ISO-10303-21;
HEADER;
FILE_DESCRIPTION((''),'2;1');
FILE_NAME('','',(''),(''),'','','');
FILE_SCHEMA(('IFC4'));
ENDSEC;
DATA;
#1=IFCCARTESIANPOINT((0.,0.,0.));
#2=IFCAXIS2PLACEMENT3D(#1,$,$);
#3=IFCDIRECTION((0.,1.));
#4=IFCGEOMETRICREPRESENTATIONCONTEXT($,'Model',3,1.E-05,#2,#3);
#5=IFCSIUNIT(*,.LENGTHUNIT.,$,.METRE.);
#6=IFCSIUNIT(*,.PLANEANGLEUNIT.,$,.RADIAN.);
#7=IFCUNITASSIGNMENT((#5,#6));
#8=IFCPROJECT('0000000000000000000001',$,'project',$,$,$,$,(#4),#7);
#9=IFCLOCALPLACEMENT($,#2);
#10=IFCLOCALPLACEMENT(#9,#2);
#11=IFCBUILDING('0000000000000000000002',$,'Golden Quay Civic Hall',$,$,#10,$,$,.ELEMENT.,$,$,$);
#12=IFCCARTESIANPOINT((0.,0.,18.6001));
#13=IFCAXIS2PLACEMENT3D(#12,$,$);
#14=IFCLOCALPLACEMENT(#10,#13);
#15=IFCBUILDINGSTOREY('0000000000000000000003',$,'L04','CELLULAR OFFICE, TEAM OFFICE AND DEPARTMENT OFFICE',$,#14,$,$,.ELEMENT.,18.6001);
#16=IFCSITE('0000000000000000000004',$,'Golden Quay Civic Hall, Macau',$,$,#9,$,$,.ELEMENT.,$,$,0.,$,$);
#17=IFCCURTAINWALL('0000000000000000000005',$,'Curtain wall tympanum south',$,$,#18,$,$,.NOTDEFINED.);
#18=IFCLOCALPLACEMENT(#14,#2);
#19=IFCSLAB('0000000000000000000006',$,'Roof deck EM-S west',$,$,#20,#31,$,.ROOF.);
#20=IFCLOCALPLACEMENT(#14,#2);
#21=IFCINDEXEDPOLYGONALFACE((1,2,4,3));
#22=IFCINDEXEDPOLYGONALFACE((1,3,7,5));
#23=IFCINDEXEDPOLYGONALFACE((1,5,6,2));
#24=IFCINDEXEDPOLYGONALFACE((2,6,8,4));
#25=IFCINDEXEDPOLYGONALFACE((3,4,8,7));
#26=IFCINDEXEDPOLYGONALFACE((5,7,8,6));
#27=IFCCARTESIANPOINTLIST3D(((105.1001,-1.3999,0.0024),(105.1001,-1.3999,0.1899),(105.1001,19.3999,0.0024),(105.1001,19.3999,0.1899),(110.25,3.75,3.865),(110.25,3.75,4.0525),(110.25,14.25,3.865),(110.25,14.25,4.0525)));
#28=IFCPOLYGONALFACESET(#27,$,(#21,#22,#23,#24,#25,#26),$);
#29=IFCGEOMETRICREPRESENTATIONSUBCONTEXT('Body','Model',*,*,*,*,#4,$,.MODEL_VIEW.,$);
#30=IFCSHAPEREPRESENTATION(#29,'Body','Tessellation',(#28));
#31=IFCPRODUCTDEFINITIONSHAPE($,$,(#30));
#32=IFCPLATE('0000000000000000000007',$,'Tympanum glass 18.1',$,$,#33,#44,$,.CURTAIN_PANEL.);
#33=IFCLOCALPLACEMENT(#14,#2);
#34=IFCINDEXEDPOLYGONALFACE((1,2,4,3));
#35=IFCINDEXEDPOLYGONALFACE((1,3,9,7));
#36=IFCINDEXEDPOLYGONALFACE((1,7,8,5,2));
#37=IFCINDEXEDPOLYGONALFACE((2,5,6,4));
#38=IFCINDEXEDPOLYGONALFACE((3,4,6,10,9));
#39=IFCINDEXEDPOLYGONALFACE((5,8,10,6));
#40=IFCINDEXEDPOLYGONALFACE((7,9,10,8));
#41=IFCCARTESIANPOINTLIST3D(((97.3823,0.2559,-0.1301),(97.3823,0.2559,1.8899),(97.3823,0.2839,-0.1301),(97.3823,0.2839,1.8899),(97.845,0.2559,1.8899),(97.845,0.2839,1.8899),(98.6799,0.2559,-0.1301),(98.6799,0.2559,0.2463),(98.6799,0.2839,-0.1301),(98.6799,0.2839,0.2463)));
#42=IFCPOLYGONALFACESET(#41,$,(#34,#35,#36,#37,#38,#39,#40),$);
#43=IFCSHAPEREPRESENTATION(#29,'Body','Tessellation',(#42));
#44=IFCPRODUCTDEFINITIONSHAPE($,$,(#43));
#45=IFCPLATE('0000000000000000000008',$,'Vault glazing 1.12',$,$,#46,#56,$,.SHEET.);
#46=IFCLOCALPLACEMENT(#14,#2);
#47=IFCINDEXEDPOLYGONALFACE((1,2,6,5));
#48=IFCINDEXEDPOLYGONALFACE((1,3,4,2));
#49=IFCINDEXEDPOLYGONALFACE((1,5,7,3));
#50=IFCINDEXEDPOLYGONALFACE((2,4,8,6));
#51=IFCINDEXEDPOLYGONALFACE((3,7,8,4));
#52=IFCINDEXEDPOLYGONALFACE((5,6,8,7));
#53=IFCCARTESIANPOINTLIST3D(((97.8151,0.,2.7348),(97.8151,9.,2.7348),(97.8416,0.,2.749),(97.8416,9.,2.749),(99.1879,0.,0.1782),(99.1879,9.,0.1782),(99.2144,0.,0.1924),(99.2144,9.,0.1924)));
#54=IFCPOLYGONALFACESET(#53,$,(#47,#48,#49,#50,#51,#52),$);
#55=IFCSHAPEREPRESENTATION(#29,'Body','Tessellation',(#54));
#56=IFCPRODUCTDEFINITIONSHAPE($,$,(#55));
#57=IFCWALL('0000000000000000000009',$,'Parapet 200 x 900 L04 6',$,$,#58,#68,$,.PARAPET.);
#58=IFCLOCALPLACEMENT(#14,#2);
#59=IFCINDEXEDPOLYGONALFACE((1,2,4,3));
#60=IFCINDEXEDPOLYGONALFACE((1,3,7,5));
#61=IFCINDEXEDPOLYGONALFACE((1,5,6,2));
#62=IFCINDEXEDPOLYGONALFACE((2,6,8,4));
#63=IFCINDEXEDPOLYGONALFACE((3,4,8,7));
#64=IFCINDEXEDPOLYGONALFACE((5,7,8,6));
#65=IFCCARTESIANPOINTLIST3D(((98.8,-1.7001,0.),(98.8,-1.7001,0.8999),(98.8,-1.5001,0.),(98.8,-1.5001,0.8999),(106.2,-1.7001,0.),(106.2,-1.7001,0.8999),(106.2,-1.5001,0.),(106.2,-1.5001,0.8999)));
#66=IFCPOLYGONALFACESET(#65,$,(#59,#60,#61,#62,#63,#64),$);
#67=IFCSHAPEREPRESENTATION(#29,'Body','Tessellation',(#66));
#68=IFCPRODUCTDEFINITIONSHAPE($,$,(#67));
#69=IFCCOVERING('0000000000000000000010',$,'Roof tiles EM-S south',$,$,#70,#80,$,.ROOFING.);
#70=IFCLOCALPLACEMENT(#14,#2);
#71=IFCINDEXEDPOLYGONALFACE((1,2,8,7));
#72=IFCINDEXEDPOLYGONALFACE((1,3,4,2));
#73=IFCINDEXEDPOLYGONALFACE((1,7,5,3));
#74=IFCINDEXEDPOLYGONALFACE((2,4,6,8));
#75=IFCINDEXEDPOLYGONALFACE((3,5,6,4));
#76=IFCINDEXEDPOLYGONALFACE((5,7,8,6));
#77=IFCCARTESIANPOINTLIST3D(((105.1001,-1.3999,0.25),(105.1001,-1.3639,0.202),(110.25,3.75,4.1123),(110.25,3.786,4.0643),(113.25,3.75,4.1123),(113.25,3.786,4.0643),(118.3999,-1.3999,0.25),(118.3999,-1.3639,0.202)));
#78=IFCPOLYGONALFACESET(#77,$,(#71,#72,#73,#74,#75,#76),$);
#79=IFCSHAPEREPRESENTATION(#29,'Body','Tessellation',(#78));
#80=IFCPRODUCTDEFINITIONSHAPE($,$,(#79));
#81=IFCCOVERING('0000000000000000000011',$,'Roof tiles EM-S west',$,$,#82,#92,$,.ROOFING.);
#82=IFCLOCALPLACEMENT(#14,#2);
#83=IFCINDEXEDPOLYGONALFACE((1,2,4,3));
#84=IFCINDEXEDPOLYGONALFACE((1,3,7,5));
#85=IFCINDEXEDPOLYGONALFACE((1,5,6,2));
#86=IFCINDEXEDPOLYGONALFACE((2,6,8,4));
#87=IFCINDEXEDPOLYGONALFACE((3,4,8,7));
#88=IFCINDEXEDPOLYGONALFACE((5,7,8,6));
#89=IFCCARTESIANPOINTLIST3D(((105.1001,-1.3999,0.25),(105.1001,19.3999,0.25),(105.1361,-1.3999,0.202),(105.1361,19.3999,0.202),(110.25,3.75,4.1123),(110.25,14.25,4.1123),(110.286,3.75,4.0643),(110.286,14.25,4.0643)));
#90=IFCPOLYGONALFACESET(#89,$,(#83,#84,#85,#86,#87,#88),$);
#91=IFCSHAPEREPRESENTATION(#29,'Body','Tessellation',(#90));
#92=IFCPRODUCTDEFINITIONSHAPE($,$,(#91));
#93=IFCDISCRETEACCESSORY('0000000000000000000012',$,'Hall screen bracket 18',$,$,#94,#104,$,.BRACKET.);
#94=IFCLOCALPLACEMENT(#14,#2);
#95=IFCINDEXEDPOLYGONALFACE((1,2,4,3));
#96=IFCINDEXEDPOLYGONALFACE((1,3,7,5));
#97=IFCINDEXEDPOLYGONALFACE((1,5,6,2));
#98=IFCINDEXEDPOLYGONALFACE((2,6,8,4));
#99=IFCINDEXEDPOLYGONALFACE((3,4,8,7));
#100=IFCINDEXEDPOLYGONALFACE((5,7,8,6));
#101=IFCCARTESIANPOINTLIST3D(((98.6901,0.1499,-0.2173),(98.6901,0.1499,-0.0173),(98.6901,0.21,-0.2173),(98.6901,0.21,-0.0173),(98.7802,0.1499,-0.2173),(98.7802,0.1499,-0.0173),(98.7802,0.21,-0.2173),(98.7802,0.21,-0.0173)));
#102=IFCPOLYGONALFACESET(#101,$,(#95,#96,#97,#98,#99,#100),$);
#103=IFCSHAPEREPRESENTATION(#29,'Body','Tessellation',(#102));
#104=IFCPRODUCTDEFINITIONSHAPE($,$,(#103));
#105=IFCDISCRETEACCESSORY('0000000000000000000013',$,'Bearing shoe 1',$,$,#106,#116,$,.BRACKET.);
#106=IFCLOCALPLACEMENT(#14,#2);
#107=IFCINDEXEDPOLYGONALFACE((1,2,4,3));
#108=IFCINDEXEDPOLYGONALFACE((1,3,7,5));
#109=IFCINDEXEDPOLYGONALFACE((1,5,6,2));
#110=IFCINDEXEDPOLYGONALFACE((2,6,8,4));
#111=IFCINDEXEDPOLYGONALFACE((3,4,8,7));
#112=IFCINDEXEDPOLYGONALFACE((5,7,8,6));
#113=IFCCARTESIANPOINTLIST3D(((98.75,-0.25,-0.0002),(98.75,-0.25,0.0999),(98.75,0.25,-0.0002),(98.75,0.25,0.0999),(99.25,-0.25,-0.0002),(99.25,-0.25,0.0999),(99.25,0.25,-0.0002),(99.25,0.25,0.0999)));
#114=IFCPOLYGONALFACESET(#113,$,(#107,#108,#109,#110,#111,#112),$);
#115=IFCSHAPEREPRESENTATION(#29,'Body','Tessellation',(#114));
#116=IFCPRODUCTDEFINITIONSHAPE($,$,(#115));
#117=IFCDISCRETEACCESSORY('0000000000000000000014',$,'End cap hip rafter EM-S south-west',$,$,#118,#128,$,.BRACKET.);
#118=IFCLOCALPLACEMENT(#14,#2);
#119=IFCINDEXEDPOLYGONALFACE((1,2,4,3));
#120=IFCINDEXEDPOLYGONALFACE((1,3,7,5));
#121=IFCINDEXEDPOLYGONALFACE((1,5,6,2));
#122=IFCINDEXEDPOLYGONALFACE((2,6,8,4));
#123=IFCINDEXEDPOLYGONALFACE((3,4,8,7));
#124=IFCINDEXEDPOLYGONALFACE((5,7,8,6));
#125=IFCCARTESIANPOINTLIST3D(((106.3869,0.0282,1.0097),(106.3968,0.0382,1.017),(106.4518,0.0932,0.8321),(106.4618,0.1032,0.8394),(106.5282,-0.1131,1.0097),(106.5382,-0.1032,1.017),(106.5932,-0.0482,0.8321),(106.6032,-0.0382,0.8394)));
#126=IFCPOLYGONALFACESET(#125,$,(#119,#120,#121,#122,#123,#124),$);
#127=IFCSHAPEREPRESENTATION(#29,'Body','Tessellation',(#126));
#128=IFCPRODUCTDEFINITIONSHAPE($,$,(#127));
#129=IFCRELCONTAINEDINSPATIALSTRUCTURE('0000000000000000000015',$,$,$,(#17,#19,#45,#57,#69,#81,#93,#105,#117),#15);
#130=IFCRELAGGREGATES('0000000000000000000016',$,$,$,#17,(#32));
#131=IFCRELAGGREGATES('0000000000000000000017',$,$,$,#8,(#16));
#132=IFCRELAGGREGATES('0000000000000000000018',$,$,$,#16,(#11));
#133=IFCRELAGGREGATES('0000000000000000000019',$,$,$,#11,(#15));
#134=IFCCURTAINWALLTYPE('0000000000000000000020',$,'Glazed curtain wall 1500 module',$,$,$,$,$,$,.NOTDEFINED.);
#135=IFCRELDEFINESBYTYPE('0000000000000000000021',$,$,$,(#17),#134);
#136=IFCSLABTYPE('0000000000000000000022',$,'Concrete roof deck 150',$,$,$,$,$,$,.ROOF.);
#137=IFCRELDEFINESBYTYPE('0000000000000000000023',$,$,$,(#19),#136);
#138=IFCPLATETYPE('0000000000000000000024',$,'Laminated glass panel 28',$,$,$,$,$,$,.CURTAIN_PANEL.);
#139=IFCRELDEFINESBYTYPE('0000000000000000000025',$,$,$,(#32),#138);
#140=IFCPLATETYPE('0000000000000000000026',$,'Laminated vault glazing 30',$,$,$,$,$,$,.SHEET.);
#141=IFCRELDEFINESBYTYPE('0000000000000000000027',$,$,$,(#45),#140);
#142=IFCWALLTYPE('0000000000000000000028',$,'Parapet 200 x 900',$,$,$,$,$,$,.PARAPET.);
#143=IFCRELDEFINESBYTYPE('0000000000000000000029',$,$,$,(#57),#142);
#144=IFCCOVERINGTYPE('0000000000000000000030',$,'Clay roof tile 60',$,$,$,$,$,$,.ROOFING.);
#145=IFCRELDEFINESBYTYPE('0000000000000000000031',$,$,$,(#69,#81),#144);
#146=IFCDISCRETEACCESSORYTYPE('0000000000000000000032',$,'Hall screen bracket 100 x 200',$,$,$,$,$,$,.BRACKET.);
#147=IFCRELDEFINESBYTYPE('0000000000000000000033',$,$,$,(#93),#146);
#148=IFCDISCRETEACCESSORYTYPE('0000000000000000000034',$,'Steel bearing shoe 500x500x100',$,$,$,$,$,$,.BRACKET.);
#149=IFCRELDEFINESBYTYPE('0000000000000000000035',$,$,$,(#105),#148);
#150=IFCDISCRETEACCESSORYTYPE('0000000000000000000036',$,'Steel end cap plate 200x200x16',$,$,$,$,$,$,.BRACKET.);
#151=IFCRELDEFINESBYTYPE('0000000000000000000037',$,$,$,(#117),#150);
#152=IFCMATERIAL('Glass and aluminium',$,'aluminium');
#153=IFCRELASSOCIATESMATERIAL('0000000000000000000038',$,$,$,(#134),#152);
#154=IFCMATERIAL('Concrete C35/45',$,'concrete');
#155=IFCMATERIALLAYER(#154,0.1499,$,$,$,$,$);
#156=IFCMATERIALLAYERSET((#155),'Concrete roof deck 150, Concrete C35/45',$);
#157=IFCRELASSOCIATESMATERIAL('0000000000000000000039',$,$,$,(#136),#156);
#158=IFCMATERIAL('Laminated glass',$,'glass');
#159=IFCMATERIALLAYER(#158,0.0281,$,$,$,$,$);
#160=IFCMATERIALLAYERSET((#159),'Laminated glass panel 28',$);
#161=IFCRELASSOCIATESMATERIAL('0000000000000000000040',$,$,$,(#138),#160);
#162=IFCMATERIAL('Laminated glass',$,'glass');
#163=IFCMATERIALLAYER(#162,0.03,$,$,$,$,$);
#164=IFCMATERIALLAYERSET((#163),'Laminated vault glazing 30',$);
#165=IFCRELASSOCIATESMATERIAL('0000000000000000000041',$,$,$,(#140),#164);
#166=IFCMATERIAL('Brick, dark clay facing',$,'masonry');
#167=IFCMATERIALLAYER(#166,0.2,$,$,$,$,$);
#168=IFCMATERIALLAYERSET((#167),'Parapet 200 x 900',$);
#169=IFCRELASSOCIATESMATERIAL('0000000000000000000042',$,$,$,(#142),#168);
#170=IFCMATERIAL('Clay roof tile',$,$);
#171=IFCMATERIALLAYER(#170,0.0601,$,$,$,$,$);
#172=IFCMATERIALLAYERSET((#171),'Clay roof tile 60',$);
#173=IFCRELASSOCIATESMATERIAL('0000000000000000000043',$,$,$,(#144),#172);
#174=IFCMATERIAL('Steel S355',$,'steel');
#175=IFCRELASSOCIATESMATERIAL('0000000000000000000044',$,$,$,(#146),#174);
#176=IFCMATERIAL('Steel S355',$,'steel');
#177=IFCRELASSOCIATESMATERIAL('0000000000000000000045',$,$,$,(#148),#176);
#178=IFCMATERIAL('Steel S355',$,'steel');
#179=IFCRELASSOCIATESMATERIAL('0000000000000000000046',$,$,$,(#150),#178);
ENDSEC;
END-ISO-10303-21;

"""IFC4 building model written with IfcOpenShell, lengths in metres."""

from ifc_helpers import new_model, si_unit, direction, frame, frame_2d, origin, origin_2d, place, context, subcontext, project, spatial, polyline, rectangle, outline, extrude, material, layer, layer_set, material_profile, profile_set, type_object, element, aggregate, save


model = new_model("IFC4")

# Units and contexts
model_context = context("Model", 3, precision=1e-05, world=origin(), true_north=direction((0.0, 1.0)))
body_context = subcontext(model_context, "Body", "Model", "MODEL_VIEW")
ifc_project = project(units=[si_unit("LENGTHUNIT", "METRE"), si_unit("PLANEANGLEUNIT", "RADIAN")], contexts=[model_context])

# Site, building, storey
site_placement = place(None, origin())
site = spatial("IfcSite", under=ifc_project, at=site_placement, Name="Golden Quay Civic Hall, Macau", CompositionType="ELEMENT", RefElevation=0.0)
building_placement = place(site_placement, origin())
building = spatial("IfcBuilding", under=site, at=building_placement, Name="Golden Quay Civic Hall", CompositionType="ELEMENT")
storey_placement = place(building_placement, frame((0.0, 0.0, 18.6001)))
storey = spatial("IfcBuildingStorey", under=building, at=storey_placement, Name="L04", Description="CELLULAR OFFICE, TEAM OFFICE AND DEPARTMENT OFFICE", CompositionType="ELEMENT", Elevation=18.6001)

# Curtain wall
ifc_material_1 = material(Name="Glass and aluminium", Category="aluminium")
curtain_wall_type = type_object("IfcCurtainWallType", Name="Glazed curtain wall 1500 module", PredefinedType="NOTDEFINED", material=ifc_material_1)
curtain_wall_placement = place(storey_placement, origin())
curtain_wall = element("IfcCurtainWall", 1, at=curtain_wall_placement, inside=storey, type_object=curtain_wall_type, Name="Curtain wall tympanum south", PredefinedType="NOTDEFINED")

# Slab
ifc_material_2 = material(Name="Concrete C35/45", Category="concrete")
ifc_layer_1 = layer(ifc_material_2, 0.1499)
ifc_layer_set_1 = layer_set([ifc_layer_1], Name="Concrete roof deck 150, Concrete C35/45")
slab_type = type_object("IfcSlabType", Name="Concrete roof deck 150", PredefinedType="ROOF", material=ifc_layer_set_1)
slab_1_placement = place(storey_placement, frame((105.1001, -1.3999, 0.1899), z_axis=(-0.600012, 0.0, 0.799991), x_axis=(0.0, 1.0, 0.0)))
element("IfcSlab", 2, at=slab_1_placement, inside=storey, type_object=slab_type, Name="Roof deck EM-S west", PredefinedType="ROOF", context=body_context, shape_type="SweptSolid", body=[
    extrude(outline(polyline([(0.0, 0.0), (20.7998, 0.0), (15.6499, -6.4375), (5.1499, -6.4375), (0.0, 0.0)])), origin(), (0.0, 0.600012, -0.799991), 0.1875),
])

# Plates
ifc_material_3 = material(Name="Laminated glass", Category="glass")
ifc_layer_2 = layer(ifc_material_3, 0.0281)
ifc_layer_set_2 = layer_set([ifc_layer_2], Name="Laminated glass panel 28")
plate_type_1 = type_object("IfcPlateType", Name="Laminated glass panel 28", PredefinedType="CURTAIN_PANEL", material=ifc_layer_set_2)
plate_1_placement = place(storey_placement, frame((98.6799, 0.2839, -0.1301), z_axis=(0.0, 1.0, 0.0), x_axis=(-1.0, 0.0, 0.0)))
plate_1 = element("IfcPlate", 3, at=plate_1_placement, type_object=plate_type_1, Name="Tympanum glass 18.1", PredefinedType="CURTAIN_PANEL", context=body_context, shape_type="SweptSolid", body=[
    extrude(outline(polyline([(0.0, 0.0), (1.2976, 0.0), (1.2976, 2.02), (0.835, 2.02), (0.0, 0.3765), (0.0, 0.0)])), origin(), (0.0, 0.0, -1.0), 0.0281),
])
aggregate(curtain_wall, [plate_1])
ifc_material_4 = material(Name="Laminated glass", Category="glass")
ifc_layer_3 = layer(ifc_material_4, 0.03)
ifc_layer_set_3 = layer_set([ifc_layer_3], Name="Laminated vault glazing 30")
plate_type_2 = type_object("IfcPlateType", Name="Laminated vault glazing 30", PredefinedType="SHEET", material=ifc_layer_set_3)
plate_2_placement = place(storey_placement, frame((97.8416, 0.0, 2.749), z_axis=(0.881024, 0.0, 0.473071), x_axis=(0.473071, 0.0, -0.881024)))
element("IfcPlate", 4, at=plate_2_placement, inside=storey, type_object=plate_type_2, Name="Vault glazing 1.12", PredefinedType="SHEET", context=body_context, shape_type="SweptSolid", body=[
    extrude(outline(polyline([(0.0, 0.0), (2.9019, 0.0), (2.9019, 9.0), (0.0, 9.0), (0.0, 0.0)])), origin(), (0.0, 0.0, -1.0), 0.03),
])

# Wall
ifc_material_5 = material(Name="Brick, dark clay facing", Category="masonry")
ifc_layer_4 = layer(ifc_material_5, 0.2)
ifc_layer_set_4 = layer_set([ifc_layer_4], Name="Parapet 200 x 900")
wall_type = type_object("IfcWallType", Name="Parapet 200 x 900", PredefinedType="PARAPET", material=ifc_layer_set_4)
wall_placement = place(storey_placement, frame((106.2, -1.6001, 0.0), z_axis=(0.0, 0.0, 1.0), x_axis=(-1.0, 0.0, 0.0)))
element("IfcWall", 5, at=wall_placement, inside=storey, type_object=wall_type, Name="Parapet 200 x 900 L04 6", PredefinedType="PARAPET", context=body_context, shape_type="SweptSolid", body=[
    extrude(rectangle(XDim=7.3999, YDim=0.2, at=frame_2d((3.7, 0.0))), origin(), (0.0, 0.0, 1.0), 0.8999),
])

# Coverings
ifc_material_6 = material(Name="Clay roof tile")
ifc_layer_5 = layer(ifc_material_6, 0.0601)
ifc_layer_set_5 = layer_set([ifc_layer_5], Name="Clay roof tile 60")
covering_type = type_object("IfcCoveringType", Name="Clay roof tile 60", PredefinedType="ROOFING", material=ifc_layer_set_5)
covering_1_placement = place(storey_placement, frame((105.1001, -1.3999, 0.25), z_axis=(0.0, -0.599988, 0.800009), x_axis=(1.0, 0.0, 0.0)))
element("IfcCovering", 6, at=covering_1_placement, inside=storey, type_object=covering_type, Name="Roof tiles EM-S south", PredefinedType="ROOFING", context=body_context, shape_type="SweptSolid", body=[
    extrude(outline(polyline([(0.0, 0.0), (13.2998, 0.0), (8.1499, 6.4373), (5.1499, 6.4373), (0.0, 0.0)])), origin(), (0.0, 0.0, -1.0), 0.0601),
])
covering_2_placement = place(storey_placement, frame((105.1001, -1.3999, 0.25), z_axis=(-0.599988, 0.0, 0.800009), x_axis=(0.0, 1.0, 0.0)))
element("IfcCovering", 7, at=covering_2_placement, inside=storey, type_object=covering_type, Name="Roof tiles EM-S west", PredefinedType="ROOFING", context=body_context, shape_type="SweptSolid", body=[
    extrude(outline(polyline([(0.0, 0.0), (20.7998, 0.0), (15.6499, -6.4373), (5.1499, -6.4373), (0.0, 0.0)])), origin(), (0.0, 0.0, -1.0), 0.0601),
])

# Discrete accessories
ifc_material_7 = material(Name="Steel S355", Category="steel")
discrete_accessory_type_1 = type_object("IfcDiscreteAccessoryType", Name="Hall screen bracket 100 x 200", PredefinedType="BRACKET", material=ifc_material_7)
discrete_accessory_1_placement = place(storey_placement, frame((98.7351, 0.1799, -0.2173), z_axis=(0.0, 0.0, 1.0), x_axis=(1.0, 0.0, 0.0)))
element("IfcDiscreteAccessory", 8, at=discrete_accessory_1_placement, inside=storey, type_object=discrete_accessory_type_1, Name="Hall screen bracket 18", PredefinedType="BRACKET", context=body_context, shape_type="SweptSolid", body=[
    extrude(rectangle(XDim=0.0901, YDim=0.0601, at=origin_2d()), origin(), (0.0, 0.0, 1.0), 0.2),
])
ifc_material_8 = material(Name="Steel S355", Category="steel")
discrete_accessory_type_2 = type_object("IfcDiscreteAccessoryType", Name="Steel bearing shoe 500x500x100", PredefinedType="BRACKET", material=ifc_material_8)
discrete_accessory_2_placement = place(storey_placement, frame((99.0, 0.0, -0.0002), z_axis=(0.0, 0.0, 1.0), x_axis=(1.0, 0.0, 0.0)))
element("IfcDiscreteAccessory", 9, at=discrete_accessory_2_placement, inside=storey, type_object=discrete_accessory_type_2, Name="Bearing shoe 1", PredefinedType="BRACKET", context=body_context, shape_type="SweptSolid", body=[
    extrude(rectangle(XDim=0.5, YDim=0.5, at=origin_2d()), origin(), (0.0, 0.0, 1.0), 0.1001),
])
ifc_material_9 = material(Name="Steel S355", Category="steel")
ifc_material_profile_1 = material_profile(ifc_material_9, rectangle(XDim=0.2, YDim=0.2, at=origin_2d()), Name="Steel end cap plate 200x200x16")
ifc_profile_set_1 = profile_set([ifc_material_profile_1], Name="Steel S355")
discrete_accessory_type_3 = type_object("IfcDiscreteAccessoryType", Name="Steel end cap plate 200x200x16", PredefinedType="BRACKET", material=ifc_profile_set_1)
discrete_accessory_3_placement = place(storey_placement, frame((106.5, 0.0, 0.9282), z_axis=(-0.628025, -0.628025, -0.459531), x_axis=(0.707107, -0.707107, 0.0)))
element("IfcDiscreteAccessory", 10, at=discrete_accessory_3_placement, inside=storey, type_object=discrete_accessory_type_3, Name="End cap hip rafter EM-S south-west", PredefinedType="BRACKET", context=body_context, shape_type="SweptSolid", body=[
    extrude(rectangle(XDim=0.2, YDim=0.2, at=origin_2d()), origin(), (0.0, 0.0, 1.0), 0.0159),
])

save(model, "model.ifc")
